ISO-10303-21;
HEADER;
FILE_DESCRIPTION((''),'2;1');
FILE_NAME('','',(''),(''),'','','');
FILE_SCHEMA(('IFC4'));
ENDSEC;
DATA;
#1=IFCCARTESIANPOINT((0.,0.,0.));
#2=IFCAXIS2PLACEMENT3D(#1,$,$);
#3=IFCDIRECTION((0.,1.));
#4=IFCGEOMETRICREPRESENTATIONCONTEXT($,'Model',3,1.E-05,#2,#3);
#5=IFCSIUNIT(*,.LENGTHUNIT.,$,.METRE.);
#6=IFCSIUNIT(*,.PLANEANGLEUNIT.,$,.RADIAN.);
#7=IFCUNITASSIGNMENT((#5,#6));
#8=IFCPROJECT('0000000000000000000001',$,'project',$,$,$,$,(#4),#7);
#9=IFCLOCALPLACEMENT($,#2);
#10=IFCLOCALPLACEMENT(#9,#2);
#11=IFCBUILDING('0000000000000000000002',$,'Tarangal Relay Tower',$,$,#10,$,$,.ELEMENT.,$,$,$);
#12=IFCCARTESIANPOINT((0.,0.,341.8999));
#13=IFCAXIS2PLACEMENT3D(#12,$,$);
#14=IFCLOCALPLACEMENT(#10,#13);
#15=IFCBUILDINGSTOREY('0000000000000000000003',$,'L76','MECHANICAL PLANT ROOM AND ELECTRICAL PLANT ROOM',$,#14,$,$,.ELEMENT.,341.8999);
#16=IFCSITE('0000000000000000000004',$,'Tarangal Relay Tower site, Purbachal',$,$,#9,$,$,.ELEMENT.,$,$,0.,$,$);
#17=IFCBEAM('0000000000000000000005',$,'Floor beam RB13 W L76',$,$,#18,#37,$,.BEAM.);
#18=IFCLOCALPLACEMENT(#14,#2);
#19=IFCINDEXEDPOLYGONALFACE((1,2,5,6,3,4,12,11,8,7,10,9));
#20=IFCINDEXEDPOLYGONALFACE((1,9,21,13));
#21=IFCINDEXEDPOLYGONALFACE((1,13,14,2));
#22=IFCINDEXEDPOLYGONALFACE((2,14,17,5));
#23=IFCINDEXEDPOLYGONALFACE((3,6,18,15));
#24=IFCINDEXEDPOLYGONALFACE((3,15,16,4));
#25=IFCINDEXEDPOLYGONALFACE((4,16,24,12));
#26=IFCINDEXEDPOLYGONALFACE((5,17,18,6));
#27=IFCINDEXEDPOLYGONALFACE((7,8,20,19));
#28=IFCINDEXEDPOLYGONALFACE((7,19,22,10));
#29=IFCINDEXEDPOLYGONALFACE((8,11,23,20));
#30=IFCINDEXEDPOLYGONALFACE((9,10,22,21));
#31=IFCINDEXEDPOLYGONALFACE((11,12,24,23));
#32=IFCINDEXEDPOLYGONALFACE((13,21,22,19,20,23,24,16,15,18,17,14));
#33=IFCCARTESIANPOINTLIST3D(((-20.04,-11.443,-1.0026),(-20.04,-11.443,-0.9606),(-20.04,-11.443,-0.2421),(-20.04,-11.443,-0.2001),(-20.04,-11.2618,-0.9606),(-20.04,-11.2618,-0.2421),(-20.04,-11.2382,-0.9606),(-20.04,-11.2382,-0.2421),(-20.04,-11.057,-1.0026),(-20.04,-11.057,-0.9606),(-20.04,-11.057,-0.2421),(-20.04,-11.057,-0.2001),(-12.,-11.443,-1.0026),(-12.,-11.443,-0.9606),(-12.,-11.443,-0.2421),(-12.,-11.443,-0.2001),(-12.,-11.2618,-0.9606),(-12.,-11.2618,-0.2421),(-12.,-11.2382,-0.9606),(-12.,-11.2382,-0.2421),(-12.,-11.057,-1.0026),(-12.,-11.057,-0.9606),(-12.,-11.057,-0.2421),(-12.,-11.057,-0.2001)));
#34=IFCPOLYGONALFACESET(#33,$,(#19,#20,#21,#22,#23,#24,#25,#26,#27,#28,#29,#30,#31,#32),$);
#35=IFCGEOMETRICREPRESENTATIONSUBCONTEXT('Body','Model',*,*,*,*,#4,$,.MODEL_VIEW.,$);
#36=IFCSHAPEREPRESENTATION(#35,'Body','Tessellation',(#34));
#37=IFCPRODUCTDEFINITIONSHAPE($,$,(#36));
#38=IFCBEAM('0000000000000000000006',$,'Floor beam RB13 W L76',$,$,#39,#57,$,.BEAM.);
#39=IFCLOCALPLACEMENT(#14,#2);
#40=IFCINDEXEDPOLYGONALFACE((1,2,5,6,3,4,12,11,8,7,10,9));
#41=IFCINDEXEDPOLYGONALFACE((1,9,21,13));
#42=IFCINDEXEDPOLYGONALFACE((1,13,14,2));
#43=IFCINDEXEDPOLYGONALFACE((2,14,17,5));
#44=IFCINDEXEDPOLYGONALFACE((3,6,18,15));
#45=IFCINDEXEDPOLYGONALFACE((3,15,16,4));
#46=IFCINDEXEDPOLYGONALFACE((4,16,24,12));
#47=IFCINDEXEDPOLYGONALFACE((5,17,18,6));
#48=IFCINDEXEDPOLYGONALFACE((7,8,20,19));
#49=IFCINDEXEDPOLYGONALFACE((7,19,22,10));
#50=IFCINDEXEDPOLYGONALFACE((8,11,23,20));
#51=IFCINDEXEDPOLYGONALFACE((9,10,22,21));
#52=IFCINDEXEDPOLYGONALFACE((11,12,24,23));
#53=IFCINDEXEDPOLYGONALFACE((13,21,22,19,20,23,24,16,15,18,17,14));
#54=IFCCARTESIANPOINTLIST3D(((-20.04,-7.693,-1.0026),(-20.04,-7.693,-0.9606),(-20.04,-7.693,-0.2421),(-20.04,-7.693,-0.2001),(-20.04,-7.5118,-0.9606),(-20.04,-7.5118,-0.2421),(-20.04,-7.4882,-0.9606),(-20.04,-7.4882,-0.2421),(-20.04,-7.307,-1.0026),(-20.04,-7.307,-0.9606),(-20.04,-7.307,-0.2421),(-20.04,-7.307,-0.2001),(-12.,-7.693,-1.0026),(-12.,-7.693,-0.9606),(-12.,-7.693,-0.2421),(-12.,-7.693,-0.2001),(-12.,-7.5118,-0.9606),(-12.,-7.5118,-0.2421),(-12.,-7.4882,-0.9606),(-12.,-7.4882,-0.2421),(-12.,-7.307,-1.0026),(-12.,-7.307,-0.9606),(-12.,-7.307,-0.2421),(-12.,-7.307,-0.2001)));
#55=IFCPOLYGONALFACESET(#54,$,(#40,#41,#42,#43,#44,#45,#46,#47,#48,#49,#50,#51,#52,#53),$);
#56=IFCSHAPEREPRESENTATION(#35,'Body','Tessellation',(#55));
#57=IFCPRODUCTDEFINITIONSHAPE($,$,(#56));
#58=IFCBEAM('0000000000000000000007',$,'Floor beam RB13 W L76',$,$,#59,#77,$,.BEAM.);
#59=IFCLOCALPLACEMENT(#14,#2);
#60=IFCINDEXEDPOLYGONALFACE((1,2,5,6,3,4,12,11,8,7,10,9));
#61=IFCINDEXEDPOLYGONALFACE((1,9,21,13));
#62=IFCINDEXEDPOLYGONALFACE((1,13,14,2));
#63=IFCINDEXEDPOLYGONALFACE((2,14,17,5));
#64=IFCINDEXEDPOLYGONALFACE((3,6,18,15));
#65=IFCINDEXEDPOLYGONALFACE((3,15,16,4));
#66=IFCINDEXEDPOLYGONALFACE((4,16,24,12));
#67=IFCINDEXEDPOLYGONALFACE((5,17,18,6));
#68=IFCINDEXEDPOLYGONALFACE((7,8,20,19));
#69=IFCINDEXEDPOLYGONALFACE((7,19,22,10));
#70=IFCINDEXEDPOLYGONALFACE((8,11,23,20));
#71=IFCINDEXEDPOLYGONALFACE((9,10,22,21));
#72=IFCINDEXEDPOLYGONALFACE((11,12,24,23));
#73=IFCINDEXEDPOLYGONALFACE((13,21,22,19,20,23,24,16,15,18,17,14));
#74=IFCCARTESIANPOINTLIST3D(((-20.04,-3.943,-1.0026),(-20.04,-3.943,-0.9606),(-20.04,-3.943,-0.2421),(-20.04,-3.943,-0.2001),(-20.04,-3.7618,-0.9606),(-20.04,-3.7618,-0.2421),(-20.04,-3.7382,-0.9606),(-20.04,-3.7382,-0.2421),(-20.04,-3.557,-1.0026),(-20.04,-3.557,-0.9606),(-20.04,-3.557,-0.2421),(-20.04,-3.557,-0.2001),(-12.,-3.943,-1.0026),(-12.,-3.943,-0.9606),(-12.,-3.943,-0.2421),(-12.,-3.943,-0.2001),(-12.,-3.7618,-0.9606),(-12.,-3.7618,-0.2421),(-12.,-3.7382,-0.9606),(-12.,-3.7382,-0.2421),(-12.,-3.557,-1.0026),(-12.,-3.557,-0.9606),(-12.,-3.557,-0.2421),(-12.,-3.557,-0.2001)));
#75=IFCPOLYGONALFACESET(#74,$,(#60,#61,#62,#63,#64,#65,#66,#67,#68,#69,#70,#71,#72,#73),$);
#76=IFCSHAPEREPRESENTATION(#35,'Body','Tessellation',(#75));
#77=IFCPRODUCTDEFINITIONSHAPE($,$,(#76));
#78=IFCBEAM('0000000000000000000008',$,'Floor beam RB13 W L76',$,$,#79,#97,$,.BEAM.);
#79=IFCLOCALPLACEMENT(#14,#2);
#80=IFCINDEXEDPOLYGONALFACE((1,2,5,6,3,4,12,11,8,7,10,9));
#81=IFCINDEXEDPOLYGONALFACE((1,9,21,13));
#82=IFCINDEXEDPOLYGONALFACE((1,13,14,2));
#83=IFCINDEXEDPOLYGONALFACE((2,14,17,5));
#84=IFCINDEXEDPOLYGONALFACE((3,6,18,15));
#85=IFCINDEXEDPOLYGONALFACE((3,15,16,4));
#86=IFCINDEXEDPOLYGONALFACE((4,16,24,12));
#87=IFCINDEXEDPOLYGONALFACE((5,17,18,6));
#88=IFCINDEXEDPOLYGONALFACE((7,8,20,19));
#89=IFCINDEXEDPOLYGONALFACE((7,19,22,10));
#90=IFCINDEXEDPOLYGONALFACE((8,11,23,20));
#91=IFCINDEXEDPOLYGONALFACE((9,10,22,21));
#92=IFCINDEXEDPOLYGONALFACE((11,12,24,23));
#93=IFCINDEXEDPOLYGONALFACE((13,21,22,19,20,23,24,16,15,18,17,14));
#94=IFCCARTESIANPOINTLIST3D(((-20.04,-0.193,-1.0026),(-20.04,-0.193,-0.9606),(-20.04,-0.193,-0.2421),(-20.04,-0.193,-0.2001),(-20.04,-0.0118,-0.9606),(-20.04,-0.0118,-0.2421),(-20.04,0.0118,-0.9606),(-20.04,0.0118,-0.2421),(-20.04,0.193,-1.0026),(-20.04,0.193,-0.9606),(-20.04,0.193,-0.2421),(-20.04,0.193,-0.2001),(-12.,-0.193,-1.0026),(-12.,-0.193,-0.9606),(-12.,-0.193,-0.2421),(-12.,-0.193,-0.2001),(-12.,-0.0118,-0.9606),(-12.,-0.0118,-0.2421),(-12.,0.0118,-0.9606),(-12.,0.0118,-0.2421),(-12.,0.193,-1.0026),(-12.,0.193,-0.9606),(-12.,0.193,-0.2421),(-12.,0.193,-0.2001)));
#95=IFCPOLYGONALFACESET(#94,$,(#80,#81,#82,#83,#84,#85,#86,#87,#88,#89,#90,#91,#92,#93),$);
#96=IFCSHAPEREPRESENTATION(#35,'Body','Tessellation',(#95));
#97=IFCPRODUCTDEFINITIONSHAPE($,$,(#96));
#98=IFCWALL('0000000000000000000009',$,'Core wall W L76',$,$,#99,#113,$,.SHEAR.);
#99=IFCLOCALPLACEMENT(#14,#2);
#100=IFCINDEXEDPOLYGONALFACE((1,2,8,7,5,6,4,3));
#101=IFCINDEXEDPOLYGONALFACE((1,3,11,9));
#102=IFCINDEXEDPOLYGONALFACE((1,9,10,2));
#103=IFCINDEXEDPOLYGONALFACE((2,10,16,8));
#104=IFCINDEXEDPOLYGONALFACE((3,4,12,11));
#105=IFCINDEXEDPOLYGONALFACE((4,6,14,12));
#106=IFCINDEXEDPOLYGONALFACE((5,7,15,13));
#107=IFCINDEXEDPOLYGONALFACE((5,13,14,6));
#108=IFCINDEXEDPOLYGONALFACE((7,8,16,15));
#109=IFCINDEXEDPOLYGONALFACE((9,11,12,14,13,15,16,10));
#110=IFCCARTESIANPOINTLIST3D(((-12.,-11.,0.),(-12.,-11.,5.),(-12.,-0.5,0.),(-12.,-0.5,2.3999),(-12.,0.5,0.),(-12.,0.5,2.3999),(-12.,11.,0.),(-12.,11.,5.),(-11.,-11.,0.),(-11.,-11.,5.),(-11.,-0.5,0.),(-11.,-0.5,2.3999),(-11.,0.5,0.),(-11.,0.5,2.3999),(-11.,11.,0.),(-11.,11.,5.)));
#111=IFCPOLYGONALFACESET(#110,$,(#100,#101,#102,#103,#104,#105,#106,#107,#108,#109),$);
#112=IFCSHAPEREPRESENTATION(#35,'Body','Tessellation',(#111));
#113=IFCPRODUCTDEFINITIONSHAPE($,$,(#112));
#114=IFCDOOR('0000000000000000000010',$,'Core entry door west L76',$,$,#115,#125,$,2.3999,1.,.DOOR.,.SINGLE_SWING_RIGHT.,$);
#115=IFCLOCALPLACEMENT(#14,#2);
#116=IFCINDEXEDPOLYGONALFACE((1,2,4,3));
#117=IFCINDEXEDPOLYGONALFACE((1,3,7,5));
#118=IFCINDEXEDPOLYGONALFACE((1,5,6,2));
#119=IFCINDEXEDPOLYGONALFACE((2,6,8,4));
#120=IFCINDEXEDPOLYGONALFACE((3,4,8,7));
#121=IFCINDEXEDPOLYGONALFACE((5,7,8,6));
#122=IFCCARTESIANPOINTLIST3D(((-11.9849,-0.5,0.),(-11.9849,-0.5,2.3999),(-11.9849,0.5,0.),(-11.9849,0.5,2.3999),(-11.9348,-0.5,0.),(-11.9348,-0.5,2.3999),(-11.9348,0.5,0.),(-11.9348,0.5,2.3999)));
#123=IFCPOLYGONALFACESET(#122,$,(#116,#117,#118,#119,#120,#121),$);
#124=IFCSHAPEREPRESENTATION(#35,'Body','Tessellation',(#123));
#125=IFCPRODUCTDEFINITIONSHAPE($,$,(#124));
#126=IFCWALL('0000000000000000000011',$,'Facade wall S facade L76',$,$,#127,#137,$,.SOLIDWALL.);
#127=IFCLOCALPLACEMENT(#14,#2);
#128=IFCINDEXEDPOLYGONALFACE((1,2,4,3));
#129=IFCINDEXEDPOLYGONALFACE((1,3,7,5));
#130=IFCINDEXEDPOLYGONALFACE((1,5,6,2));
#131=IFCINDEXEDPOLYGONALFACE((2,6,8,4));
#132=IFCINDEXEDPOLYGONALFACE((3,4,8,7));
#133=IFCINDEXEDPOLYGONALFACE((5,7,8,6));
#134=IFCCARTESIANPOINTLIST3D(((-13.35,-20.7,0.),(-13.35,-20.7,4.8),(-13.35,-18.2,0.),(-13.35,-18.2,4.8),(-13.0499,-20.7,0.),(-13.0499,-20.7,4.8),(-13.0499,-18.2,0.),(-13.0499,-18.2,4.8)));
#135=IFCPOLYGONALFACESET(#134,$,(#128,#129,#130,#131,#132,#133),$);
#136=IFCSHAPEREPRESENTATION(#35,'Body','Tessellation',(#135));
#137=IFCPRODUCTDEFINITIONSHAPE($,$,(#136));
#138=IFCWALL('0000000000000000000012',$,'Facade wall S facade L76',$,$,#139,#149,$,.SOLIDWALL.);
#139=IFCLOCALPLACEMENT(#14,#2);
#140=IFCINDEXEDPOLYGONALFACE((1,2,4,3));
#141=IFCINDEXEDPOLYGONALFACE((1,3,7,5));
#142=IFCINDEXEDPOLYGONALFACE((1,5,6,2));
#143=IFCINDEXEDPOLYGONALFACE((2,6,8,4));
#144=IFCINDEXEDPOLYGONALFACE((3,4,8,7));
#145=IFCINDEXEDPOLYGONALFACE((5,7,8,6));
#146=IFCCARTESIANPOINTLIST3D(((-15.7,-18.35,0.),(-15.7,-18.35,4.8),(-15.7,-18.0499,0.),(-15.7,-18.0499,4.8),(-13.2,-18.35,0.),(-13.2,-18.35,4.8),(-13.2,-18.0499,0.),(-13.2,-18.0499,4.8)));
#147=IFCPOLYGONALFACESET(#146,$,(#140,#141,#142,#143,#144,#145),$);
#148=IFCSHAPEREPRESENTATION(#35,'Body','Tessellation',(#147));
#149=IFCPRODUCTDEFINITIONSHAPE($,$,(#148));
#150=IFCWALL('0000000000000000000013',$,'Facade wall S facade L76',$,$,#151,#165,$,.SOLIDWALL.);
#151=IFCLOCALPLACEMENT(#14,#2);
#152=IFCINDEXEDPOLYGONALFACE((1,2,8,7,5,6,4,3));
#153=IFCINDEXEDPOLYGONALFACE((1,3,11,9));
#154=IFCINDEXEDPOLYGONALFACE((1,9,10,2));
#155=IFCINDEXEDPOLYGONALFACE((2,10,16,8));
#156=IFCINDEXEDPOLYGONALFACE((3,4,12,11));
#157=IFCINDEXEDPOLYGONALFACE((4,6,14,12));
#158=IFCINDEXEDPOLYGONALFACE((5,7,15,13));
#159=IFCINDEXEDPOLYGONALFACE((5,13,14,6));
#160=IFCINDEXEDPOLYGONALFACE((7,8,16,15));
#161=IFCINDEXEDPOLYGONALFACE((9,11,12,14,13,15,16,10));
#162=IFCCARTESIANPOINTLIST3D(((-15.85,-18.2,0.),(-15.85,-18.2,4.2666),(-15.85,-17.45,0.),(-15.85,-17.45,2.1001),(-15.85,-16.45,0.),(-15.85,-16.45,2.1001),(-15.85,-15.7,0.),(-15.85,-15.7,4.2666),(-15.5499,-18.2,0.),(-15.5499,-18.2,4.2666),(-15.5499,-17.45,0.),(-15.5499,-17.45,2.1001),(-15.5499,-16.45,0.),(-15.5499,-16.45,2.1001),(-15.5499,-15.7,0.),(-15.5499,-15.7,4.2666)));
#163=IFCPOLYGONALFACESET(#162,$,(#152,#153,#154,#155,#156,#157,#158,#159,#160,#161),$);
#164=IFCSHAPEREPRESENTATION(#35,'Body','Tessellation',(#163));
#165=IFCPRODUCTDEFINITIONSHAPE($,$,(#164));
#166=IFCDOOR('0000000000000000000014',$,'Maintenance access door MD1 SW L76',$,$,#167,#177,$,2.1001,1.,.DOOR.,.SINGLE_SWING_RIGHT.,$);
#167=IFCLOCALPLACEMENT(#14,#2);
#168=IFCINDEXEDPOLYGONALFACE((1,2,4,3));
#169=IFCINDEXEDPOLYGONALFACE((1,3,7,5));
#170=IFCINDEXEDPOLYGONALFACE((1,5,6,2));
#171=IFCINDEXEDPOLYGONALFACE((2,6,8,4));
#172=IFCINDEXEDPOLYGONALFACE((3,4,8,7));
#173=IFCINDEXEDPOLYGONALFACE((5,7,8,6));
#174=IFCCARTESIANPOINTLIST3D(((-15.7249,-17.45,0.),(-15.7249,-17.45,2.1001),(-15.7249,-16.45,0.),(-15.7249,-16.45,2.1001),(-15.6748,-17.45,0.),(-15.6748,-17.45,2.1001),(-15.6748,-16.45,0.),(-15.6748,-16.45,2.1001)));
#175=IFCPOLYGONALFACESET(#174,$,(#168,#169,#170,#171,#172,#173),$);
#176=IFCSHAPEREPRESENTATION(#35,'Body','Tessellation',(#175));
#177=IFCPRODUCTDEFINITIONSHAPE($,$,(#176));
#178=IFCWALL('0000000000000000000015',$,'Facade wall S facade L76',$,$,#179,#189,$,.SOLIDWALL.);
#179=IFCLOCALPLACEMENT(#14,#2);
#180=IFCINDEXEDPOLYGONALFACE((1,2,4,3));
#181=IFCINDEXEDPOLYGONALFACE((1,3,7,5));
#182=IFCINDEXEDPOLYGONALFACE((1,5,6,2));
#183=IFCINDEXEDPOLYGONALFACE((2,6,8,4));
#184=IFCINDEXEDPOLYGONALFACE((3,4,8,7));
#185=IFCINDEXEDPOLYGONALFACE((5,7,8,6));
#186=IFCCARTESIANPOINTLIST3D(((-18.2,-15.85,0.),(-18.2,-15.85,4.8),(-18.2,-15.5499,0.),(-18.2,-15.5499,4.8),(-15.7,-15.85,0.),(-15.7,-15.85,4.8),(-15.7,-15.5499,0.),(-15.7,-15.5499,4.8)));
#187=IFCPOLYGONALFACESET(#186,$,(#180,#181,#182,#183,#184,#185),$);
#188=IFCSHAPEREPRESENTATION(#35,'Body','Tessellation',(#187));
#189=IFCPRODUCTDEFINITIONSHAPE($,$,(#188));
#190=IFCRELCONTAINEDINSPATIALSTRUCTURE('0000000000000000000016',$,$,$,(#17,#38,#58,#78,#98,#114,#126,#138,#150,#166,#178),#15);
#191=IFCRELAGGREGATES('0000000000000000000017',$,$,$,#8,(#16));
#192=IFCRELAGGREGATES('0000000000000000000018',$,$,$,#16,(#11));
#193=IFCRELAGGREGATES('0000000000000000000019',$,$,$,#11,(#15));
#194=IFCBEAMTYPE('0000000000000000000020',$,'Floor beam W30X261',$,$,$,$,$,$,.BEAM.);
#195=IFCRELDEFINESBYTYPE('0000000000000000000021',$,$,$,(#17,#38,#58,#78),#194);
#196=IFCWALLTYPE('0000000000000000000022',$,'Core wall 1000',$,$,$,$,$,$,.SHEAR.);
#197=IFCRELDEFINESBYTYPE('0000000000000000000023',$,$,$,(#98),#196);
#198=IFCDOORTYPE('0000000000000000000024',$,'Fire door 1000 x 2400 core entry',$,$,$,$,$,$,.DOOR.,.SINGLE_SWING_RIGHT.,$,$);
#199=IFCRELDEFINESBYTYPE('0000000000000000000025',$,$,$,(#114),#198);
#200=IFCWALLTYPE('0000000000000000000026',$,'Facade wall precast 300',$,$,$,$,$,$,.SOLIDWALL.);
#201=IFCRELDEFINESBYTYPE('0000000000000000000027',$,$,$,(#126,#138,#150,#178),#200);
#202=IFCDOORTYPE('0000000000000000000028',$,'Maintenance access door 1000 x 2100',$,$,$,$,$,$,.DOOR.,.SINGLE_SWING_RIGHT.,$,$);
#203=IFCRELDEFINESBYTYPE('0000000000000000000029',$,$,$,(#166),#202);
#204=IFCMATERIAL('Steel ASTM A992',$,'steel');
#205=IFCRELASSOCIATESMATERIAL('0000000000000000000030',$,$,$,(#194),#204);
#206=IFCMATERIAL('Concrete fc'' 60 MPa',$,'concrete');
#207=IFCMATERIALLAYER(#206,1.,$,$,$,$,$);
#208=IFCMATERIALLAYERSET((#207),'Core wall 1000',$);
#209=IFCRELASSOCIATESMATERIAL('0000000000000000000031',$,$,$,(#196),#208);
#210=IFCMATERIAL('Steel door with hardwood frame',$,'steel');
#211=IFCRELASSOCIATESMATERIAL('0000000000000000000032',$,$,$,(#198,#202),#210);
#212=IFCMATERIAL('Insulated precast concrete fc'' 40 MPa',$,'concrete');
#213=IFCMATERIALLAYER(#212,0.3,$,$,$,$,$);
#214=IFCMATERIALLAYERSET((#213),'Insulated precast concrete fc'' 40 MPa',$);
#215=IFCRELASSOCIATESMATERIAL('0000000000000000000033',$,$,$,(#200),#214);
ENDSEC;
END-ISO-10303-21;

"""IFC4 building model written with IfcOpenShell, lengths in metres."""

from ifc_helpers import new_model, si_unit, direction, frame, frame_2d, origin, origin_2d, place, context, subcontext, project, spatial, rectangle, i_section, extrude, material, layer, layer_set, material_profile, profile_set, type_object, element, fill, save


model = new_model("IFC4")

# Units and contexts
model_context = context("Model", 3, precision=1e-05, world=origin(), true_north=direction((0.0, 1.0)))
body_context = subcontext(model_context, "Body", "Model", "MODEL_VIEW")
ifc_project = project(units=[si_unit("LENGTHUNIT", "METRE"), si_unit("PLANEANGLEUNIT", "RADIAN")], contexts=[model_context])

# Site, building, storey
site_placement = place(None, origin())
site = spatial("IfcSite", under=ifc_project, at=site_placement, Name="Tarangal Relay Tower site, Purbachal", CompositionType="ELEMENT", RefElevation=0.0)
building_placement = place(site_placement, origin())
building = spatial("IfcBuilding", under=site, at=building_placement, Name="Tarangal Relay Tower", CompositionType="ELEMENT")
storey_placement = place(building_placement, frame((0.0, 0.0, 341.8999)))
storey = spatial("IfcBuildingStorey", under=building, at=storey_placement, Name="L76", Description="MECHANICAL PLANT ROOM AND ELECTRICAL PLANT ROOM", CompositionType="ELEMENT", Elevation=341.8999)

# Beams
ifc_material_1 = material(Name="Steel ASTM A992", Category="steel")
ifc_material_profile_1 = material_profile(ifc_material_1, i_section(OverallWidth=0.386, OverallDepth=0.8025, WebThickness=0.0237, FlangeThickness=0.042, at=origin_2d()), Name="W30X261")
ifc_profile_set_1 = profile_set([ifc_material_profile_1], Name="Steel ASTM A992")
beam_type_1 = type_object("IfcBeamType", Name="Floor beam W30X261", PredefinedType="BEAM", material=ifc_profile_set_1)
for number, where, z_axis, x_axis, name in (
    (1, (-12.0, -11.25, -0.6013), (-1.0, 0.0, 0.0), (0.0, -1.0, 0.0), "Floor beam RB13 W L76"),
    (2, (-12.0, -7.5, -0.6013), (-1.0, 0.0, 0.0), (0.0, -1.0, 0.0), "Floor beam RB13 W L76"),
    (3, (-12.0, -3.75, -0.6013), (-1.0, 0.0, 0.0), (0.0, -1.0, 0.0), "Floor beam RB13 W L76"),
    (4, (-12.0, 0.0, -0.6013), (-1.0, 0.0, 0.0), (0.0, -1.0, 0.0), "Floor beam RB13 W L76"),
):
    element("IfcBeam", number, at=place(storey_placement, frame(where, z_axis=z_axis, x_axis=x_axis)), inside=storey, type_object=beam_type_1, Name=name, PredefinedType="BEAM", context=body_context, shape_type="SweptSolid", body=[
        extrude(i_section(OverallWidth=0.386, OverallDepth=0.8025, WebThickness=0.0237, FlangeThickness=0.042, at=origin_2d()), origin(), (0.0, 0.0, 1.0), 8.04),
    ])

# Wall, opening, door
ifc_material_2 = material(Name="Concrete fc' 60 MPa", Category="concrete")
ifc_layer_1 = layer(ifc_material_2, 1.0)
ifc_layer_set_1 = layer_set([ifc_layer_1], Name="Core wall 1000")
wall_type_1 = type_object("IfcWallType", Name="Core wall 1000", PredefinedType="SHEAR", material=ifc_layer_set_1)
wall_1_placement = place(storey_placement, frame((-11.5, -11.0, 0.0), z_axis=(0.0, 0.0, 1.0), x_axis=(0.0, 1.0, 0.0)))
wall_1 = element("IfcWall", 5, at=wall_1_placement, inside=storey, type_object=wall_type_1, Name="Core wall W L76", PredefinedType="SHEAR", context=body_context, shape_type="SweptSolid", body=[
    extrude(rectangle(XDim=22.0, YDim=1.0, at=frame_2d((11.0, 0.0))), origin(), (0.0, 0.0, 1.0), 5.0),
])
opening_1_placement = place(wall_1_placement, frame((10.5, 0.0, 0.0)))
opening_1 = element("IfcOpeningElement", 6, at=opening_1_placement, cuts=wall_1, PredefinedType="OPENING", context=body_context, shape_type="SweptSolid", body=[
    extrude(rectangle(XDim=1.0, YDim=2.3999, at=frame_2d((0.5, 1.2))), frame((0.0, 0.51, 0.0), z_axis=(0.0, -1.0, 0.0), x_axis=(1.0, 0.0, 0.0)), (0.0, 0.0, 1.0), 1.02),
])
ifc_material_3 = material(Name="Steel door with hardwood frame", Category="steel")
door_type_1 = type_object("IfcDoorType", Name="Fire door 1000 x 2400 core entry", OperationType="SINGLE_SWING_RIGHT", PredefinedType="DOOR", material=ifc_material_3)
door_1_placement = place(opening_1_placement, origin())
door_1 = element("IfcDoor", 7, at=door_1_placement, inside=storey, type_object=door_type_1, Name="Core entry door west L76", OperationType="SINGLE_SWING_RIGHT", OverallHeight=2.3999, OverallWidth=1.0, PredefinedType="DOOR", context=body_context, shape_type="SweptSolid", body=[
    extrude(rectangle(XDim=1.0, YDim=2.3999, at=frame_2d((0.5, 1.2))), frame((0.0, 0.4849, 0.0), z_axis=(0.0, -1.0, 0.0), x_axis=(1.0, 0.0, 0.0)), (0.0, 0.0, 1.0), 0.05),
])
fill(opening_1, door_1)

# Walls
ifc_material_4 = material(Name="Insulated precast concrete fc' 40 MPa", Category="concrete")
ifc_layer_2 = layer(ifc_material_4, 0.3)
ifc_layer_set_2 = layer_set([ifc_layer_2], Name="Insulated precast concrete fc' 40 MPa")
wall_type_2 = type_object("IfcWallType", Name="Facade wall precast 300", PredefinedType="SOLIDWALL", material=ifc_layer_set_2)
for number, where, z_axis, x_axis, name in (
    (8, (-13.2, -20.7, 0.0), (0.0, 0.0, 1.0), (0.0, 1.0, 0.0), "Facade wall S facade L76"),
    (9, (-13.2, -18.2, 0.0), (0.0, 0.0, 1.0), (-1.0, 0.0, 0.0), "Facade wall S facade L76"),
):
    element("IfcWall", number, at=place(storey_placement, frame(where, z_axis=z_axis, x_axis=x_axis)), inside=storey, type_object=wall_type_2, Name=name, PredefinedType="SOLIDWALL", context=body_context, shape_type="SweptSolid", body=[
        extrude(rectangle(XDim=2.5, YDim=0.3, at=frame_2d((1.25, 0.0))), origin(), (0.0, 0.0, 1.0), 4.8),
    ])

# Wall, opening, door
wall_2_placement = place(storey_placement, frame((-15.7, -18.2, 0.0), z_axis=(0.0, 0.0, 1.0), x_axis=(0.0, 1.0, 0.0)))
wall_2 = element("IfcWall", 10, at=wall_2_placement, inside=storey, type_object=wall_type_2, Name="Facade wall S facade L76", PredefinedType="SOLIDWALL", context=body_context, shape_type="SweptSolid", body=[
    extrude(rectangle(XDim=2.5, YDim=0.3, at=frame_2d((1.25, 0.0))), origin(), (0.0, 0.0, 1.0), 4.2666),
])
opening_2_placement = place(wall_2_placement, frame((0.75, 0.0, 0.0)))
opening_2 = element("IfcOpeningElement", 11, at=opening_2_placement, cuts=wall_2, PredefinedType="OPENING", context=body_context, shape_type="SweptSolid", body=[
    extrude(rectangle(XDim=1.0, YDim=2.1001, at=frame_2d((0.5, 1.05))), frame((0.0, 0.1599, 0.0), z_axis=(0.0, -1.0, 0.0), x_axis=(1.0, 0.0, 0.0)), (0.0, 0.0, 1.0), 0.3201),
])
door_type_2 = type_object("IfcDoorType", Name="Maintenance access door 1000 x 2100", OperationType="SINGLE_SWING_RIGHT", PredefinedType="DOOR", material=ifc_material_3)
door_2_placement = place(opening_2_placement, origin())
door_2 = element("IfcDoor", 12, at=door_2_placement, inside=storey, type_object=door_type_2, Name="Maintenance access door MD1 SW L76", OperationType="SINGLE_SWING_RIGHT", OverallHeight=2.1001, OverallWidth=1.0, PredefinedType="DOOR", context=body_context, shape_type="SweptSolid", body=[
    extrude(rectangle(XDim=1.0, YDim=2.1001, at=frame_2d((0.5, 1.05))), frame((0.0, 0.0249, 0.0), z_axis=(0.0, -1.0, 0.0), x_axis=(1.0, 0.0, 0.0)), (0.0, 0.0, 1.0), 0.05),
])
fill(opening_2, door_2)

# Wall
for number, where, z_axis, x_axis, name in (
    (13, (-15.7, -15.7, 0.0), (0.0, 0.0, 1.0), (-1.0, 0.0, 0.0), "Facade wall S facade L76"),
):
    element("IfcWall", number, at=place(storey_placement, frame(where, z_axis=z_axis, x_axis=x_axis)), inside=storey, type_object=wall_type_2, Name=name, PredefinedType="SOLIDWALL", context=body_context, shape_type="SweptSolid", body=[
        extrude(rectangle(XDim=2.5, YDim=0.3, at=frame_2d((1.25, 0.0))), origin(), (0.0, 0.0, 1.0), 4.8),
    ])

save(model, "model.ifc")
